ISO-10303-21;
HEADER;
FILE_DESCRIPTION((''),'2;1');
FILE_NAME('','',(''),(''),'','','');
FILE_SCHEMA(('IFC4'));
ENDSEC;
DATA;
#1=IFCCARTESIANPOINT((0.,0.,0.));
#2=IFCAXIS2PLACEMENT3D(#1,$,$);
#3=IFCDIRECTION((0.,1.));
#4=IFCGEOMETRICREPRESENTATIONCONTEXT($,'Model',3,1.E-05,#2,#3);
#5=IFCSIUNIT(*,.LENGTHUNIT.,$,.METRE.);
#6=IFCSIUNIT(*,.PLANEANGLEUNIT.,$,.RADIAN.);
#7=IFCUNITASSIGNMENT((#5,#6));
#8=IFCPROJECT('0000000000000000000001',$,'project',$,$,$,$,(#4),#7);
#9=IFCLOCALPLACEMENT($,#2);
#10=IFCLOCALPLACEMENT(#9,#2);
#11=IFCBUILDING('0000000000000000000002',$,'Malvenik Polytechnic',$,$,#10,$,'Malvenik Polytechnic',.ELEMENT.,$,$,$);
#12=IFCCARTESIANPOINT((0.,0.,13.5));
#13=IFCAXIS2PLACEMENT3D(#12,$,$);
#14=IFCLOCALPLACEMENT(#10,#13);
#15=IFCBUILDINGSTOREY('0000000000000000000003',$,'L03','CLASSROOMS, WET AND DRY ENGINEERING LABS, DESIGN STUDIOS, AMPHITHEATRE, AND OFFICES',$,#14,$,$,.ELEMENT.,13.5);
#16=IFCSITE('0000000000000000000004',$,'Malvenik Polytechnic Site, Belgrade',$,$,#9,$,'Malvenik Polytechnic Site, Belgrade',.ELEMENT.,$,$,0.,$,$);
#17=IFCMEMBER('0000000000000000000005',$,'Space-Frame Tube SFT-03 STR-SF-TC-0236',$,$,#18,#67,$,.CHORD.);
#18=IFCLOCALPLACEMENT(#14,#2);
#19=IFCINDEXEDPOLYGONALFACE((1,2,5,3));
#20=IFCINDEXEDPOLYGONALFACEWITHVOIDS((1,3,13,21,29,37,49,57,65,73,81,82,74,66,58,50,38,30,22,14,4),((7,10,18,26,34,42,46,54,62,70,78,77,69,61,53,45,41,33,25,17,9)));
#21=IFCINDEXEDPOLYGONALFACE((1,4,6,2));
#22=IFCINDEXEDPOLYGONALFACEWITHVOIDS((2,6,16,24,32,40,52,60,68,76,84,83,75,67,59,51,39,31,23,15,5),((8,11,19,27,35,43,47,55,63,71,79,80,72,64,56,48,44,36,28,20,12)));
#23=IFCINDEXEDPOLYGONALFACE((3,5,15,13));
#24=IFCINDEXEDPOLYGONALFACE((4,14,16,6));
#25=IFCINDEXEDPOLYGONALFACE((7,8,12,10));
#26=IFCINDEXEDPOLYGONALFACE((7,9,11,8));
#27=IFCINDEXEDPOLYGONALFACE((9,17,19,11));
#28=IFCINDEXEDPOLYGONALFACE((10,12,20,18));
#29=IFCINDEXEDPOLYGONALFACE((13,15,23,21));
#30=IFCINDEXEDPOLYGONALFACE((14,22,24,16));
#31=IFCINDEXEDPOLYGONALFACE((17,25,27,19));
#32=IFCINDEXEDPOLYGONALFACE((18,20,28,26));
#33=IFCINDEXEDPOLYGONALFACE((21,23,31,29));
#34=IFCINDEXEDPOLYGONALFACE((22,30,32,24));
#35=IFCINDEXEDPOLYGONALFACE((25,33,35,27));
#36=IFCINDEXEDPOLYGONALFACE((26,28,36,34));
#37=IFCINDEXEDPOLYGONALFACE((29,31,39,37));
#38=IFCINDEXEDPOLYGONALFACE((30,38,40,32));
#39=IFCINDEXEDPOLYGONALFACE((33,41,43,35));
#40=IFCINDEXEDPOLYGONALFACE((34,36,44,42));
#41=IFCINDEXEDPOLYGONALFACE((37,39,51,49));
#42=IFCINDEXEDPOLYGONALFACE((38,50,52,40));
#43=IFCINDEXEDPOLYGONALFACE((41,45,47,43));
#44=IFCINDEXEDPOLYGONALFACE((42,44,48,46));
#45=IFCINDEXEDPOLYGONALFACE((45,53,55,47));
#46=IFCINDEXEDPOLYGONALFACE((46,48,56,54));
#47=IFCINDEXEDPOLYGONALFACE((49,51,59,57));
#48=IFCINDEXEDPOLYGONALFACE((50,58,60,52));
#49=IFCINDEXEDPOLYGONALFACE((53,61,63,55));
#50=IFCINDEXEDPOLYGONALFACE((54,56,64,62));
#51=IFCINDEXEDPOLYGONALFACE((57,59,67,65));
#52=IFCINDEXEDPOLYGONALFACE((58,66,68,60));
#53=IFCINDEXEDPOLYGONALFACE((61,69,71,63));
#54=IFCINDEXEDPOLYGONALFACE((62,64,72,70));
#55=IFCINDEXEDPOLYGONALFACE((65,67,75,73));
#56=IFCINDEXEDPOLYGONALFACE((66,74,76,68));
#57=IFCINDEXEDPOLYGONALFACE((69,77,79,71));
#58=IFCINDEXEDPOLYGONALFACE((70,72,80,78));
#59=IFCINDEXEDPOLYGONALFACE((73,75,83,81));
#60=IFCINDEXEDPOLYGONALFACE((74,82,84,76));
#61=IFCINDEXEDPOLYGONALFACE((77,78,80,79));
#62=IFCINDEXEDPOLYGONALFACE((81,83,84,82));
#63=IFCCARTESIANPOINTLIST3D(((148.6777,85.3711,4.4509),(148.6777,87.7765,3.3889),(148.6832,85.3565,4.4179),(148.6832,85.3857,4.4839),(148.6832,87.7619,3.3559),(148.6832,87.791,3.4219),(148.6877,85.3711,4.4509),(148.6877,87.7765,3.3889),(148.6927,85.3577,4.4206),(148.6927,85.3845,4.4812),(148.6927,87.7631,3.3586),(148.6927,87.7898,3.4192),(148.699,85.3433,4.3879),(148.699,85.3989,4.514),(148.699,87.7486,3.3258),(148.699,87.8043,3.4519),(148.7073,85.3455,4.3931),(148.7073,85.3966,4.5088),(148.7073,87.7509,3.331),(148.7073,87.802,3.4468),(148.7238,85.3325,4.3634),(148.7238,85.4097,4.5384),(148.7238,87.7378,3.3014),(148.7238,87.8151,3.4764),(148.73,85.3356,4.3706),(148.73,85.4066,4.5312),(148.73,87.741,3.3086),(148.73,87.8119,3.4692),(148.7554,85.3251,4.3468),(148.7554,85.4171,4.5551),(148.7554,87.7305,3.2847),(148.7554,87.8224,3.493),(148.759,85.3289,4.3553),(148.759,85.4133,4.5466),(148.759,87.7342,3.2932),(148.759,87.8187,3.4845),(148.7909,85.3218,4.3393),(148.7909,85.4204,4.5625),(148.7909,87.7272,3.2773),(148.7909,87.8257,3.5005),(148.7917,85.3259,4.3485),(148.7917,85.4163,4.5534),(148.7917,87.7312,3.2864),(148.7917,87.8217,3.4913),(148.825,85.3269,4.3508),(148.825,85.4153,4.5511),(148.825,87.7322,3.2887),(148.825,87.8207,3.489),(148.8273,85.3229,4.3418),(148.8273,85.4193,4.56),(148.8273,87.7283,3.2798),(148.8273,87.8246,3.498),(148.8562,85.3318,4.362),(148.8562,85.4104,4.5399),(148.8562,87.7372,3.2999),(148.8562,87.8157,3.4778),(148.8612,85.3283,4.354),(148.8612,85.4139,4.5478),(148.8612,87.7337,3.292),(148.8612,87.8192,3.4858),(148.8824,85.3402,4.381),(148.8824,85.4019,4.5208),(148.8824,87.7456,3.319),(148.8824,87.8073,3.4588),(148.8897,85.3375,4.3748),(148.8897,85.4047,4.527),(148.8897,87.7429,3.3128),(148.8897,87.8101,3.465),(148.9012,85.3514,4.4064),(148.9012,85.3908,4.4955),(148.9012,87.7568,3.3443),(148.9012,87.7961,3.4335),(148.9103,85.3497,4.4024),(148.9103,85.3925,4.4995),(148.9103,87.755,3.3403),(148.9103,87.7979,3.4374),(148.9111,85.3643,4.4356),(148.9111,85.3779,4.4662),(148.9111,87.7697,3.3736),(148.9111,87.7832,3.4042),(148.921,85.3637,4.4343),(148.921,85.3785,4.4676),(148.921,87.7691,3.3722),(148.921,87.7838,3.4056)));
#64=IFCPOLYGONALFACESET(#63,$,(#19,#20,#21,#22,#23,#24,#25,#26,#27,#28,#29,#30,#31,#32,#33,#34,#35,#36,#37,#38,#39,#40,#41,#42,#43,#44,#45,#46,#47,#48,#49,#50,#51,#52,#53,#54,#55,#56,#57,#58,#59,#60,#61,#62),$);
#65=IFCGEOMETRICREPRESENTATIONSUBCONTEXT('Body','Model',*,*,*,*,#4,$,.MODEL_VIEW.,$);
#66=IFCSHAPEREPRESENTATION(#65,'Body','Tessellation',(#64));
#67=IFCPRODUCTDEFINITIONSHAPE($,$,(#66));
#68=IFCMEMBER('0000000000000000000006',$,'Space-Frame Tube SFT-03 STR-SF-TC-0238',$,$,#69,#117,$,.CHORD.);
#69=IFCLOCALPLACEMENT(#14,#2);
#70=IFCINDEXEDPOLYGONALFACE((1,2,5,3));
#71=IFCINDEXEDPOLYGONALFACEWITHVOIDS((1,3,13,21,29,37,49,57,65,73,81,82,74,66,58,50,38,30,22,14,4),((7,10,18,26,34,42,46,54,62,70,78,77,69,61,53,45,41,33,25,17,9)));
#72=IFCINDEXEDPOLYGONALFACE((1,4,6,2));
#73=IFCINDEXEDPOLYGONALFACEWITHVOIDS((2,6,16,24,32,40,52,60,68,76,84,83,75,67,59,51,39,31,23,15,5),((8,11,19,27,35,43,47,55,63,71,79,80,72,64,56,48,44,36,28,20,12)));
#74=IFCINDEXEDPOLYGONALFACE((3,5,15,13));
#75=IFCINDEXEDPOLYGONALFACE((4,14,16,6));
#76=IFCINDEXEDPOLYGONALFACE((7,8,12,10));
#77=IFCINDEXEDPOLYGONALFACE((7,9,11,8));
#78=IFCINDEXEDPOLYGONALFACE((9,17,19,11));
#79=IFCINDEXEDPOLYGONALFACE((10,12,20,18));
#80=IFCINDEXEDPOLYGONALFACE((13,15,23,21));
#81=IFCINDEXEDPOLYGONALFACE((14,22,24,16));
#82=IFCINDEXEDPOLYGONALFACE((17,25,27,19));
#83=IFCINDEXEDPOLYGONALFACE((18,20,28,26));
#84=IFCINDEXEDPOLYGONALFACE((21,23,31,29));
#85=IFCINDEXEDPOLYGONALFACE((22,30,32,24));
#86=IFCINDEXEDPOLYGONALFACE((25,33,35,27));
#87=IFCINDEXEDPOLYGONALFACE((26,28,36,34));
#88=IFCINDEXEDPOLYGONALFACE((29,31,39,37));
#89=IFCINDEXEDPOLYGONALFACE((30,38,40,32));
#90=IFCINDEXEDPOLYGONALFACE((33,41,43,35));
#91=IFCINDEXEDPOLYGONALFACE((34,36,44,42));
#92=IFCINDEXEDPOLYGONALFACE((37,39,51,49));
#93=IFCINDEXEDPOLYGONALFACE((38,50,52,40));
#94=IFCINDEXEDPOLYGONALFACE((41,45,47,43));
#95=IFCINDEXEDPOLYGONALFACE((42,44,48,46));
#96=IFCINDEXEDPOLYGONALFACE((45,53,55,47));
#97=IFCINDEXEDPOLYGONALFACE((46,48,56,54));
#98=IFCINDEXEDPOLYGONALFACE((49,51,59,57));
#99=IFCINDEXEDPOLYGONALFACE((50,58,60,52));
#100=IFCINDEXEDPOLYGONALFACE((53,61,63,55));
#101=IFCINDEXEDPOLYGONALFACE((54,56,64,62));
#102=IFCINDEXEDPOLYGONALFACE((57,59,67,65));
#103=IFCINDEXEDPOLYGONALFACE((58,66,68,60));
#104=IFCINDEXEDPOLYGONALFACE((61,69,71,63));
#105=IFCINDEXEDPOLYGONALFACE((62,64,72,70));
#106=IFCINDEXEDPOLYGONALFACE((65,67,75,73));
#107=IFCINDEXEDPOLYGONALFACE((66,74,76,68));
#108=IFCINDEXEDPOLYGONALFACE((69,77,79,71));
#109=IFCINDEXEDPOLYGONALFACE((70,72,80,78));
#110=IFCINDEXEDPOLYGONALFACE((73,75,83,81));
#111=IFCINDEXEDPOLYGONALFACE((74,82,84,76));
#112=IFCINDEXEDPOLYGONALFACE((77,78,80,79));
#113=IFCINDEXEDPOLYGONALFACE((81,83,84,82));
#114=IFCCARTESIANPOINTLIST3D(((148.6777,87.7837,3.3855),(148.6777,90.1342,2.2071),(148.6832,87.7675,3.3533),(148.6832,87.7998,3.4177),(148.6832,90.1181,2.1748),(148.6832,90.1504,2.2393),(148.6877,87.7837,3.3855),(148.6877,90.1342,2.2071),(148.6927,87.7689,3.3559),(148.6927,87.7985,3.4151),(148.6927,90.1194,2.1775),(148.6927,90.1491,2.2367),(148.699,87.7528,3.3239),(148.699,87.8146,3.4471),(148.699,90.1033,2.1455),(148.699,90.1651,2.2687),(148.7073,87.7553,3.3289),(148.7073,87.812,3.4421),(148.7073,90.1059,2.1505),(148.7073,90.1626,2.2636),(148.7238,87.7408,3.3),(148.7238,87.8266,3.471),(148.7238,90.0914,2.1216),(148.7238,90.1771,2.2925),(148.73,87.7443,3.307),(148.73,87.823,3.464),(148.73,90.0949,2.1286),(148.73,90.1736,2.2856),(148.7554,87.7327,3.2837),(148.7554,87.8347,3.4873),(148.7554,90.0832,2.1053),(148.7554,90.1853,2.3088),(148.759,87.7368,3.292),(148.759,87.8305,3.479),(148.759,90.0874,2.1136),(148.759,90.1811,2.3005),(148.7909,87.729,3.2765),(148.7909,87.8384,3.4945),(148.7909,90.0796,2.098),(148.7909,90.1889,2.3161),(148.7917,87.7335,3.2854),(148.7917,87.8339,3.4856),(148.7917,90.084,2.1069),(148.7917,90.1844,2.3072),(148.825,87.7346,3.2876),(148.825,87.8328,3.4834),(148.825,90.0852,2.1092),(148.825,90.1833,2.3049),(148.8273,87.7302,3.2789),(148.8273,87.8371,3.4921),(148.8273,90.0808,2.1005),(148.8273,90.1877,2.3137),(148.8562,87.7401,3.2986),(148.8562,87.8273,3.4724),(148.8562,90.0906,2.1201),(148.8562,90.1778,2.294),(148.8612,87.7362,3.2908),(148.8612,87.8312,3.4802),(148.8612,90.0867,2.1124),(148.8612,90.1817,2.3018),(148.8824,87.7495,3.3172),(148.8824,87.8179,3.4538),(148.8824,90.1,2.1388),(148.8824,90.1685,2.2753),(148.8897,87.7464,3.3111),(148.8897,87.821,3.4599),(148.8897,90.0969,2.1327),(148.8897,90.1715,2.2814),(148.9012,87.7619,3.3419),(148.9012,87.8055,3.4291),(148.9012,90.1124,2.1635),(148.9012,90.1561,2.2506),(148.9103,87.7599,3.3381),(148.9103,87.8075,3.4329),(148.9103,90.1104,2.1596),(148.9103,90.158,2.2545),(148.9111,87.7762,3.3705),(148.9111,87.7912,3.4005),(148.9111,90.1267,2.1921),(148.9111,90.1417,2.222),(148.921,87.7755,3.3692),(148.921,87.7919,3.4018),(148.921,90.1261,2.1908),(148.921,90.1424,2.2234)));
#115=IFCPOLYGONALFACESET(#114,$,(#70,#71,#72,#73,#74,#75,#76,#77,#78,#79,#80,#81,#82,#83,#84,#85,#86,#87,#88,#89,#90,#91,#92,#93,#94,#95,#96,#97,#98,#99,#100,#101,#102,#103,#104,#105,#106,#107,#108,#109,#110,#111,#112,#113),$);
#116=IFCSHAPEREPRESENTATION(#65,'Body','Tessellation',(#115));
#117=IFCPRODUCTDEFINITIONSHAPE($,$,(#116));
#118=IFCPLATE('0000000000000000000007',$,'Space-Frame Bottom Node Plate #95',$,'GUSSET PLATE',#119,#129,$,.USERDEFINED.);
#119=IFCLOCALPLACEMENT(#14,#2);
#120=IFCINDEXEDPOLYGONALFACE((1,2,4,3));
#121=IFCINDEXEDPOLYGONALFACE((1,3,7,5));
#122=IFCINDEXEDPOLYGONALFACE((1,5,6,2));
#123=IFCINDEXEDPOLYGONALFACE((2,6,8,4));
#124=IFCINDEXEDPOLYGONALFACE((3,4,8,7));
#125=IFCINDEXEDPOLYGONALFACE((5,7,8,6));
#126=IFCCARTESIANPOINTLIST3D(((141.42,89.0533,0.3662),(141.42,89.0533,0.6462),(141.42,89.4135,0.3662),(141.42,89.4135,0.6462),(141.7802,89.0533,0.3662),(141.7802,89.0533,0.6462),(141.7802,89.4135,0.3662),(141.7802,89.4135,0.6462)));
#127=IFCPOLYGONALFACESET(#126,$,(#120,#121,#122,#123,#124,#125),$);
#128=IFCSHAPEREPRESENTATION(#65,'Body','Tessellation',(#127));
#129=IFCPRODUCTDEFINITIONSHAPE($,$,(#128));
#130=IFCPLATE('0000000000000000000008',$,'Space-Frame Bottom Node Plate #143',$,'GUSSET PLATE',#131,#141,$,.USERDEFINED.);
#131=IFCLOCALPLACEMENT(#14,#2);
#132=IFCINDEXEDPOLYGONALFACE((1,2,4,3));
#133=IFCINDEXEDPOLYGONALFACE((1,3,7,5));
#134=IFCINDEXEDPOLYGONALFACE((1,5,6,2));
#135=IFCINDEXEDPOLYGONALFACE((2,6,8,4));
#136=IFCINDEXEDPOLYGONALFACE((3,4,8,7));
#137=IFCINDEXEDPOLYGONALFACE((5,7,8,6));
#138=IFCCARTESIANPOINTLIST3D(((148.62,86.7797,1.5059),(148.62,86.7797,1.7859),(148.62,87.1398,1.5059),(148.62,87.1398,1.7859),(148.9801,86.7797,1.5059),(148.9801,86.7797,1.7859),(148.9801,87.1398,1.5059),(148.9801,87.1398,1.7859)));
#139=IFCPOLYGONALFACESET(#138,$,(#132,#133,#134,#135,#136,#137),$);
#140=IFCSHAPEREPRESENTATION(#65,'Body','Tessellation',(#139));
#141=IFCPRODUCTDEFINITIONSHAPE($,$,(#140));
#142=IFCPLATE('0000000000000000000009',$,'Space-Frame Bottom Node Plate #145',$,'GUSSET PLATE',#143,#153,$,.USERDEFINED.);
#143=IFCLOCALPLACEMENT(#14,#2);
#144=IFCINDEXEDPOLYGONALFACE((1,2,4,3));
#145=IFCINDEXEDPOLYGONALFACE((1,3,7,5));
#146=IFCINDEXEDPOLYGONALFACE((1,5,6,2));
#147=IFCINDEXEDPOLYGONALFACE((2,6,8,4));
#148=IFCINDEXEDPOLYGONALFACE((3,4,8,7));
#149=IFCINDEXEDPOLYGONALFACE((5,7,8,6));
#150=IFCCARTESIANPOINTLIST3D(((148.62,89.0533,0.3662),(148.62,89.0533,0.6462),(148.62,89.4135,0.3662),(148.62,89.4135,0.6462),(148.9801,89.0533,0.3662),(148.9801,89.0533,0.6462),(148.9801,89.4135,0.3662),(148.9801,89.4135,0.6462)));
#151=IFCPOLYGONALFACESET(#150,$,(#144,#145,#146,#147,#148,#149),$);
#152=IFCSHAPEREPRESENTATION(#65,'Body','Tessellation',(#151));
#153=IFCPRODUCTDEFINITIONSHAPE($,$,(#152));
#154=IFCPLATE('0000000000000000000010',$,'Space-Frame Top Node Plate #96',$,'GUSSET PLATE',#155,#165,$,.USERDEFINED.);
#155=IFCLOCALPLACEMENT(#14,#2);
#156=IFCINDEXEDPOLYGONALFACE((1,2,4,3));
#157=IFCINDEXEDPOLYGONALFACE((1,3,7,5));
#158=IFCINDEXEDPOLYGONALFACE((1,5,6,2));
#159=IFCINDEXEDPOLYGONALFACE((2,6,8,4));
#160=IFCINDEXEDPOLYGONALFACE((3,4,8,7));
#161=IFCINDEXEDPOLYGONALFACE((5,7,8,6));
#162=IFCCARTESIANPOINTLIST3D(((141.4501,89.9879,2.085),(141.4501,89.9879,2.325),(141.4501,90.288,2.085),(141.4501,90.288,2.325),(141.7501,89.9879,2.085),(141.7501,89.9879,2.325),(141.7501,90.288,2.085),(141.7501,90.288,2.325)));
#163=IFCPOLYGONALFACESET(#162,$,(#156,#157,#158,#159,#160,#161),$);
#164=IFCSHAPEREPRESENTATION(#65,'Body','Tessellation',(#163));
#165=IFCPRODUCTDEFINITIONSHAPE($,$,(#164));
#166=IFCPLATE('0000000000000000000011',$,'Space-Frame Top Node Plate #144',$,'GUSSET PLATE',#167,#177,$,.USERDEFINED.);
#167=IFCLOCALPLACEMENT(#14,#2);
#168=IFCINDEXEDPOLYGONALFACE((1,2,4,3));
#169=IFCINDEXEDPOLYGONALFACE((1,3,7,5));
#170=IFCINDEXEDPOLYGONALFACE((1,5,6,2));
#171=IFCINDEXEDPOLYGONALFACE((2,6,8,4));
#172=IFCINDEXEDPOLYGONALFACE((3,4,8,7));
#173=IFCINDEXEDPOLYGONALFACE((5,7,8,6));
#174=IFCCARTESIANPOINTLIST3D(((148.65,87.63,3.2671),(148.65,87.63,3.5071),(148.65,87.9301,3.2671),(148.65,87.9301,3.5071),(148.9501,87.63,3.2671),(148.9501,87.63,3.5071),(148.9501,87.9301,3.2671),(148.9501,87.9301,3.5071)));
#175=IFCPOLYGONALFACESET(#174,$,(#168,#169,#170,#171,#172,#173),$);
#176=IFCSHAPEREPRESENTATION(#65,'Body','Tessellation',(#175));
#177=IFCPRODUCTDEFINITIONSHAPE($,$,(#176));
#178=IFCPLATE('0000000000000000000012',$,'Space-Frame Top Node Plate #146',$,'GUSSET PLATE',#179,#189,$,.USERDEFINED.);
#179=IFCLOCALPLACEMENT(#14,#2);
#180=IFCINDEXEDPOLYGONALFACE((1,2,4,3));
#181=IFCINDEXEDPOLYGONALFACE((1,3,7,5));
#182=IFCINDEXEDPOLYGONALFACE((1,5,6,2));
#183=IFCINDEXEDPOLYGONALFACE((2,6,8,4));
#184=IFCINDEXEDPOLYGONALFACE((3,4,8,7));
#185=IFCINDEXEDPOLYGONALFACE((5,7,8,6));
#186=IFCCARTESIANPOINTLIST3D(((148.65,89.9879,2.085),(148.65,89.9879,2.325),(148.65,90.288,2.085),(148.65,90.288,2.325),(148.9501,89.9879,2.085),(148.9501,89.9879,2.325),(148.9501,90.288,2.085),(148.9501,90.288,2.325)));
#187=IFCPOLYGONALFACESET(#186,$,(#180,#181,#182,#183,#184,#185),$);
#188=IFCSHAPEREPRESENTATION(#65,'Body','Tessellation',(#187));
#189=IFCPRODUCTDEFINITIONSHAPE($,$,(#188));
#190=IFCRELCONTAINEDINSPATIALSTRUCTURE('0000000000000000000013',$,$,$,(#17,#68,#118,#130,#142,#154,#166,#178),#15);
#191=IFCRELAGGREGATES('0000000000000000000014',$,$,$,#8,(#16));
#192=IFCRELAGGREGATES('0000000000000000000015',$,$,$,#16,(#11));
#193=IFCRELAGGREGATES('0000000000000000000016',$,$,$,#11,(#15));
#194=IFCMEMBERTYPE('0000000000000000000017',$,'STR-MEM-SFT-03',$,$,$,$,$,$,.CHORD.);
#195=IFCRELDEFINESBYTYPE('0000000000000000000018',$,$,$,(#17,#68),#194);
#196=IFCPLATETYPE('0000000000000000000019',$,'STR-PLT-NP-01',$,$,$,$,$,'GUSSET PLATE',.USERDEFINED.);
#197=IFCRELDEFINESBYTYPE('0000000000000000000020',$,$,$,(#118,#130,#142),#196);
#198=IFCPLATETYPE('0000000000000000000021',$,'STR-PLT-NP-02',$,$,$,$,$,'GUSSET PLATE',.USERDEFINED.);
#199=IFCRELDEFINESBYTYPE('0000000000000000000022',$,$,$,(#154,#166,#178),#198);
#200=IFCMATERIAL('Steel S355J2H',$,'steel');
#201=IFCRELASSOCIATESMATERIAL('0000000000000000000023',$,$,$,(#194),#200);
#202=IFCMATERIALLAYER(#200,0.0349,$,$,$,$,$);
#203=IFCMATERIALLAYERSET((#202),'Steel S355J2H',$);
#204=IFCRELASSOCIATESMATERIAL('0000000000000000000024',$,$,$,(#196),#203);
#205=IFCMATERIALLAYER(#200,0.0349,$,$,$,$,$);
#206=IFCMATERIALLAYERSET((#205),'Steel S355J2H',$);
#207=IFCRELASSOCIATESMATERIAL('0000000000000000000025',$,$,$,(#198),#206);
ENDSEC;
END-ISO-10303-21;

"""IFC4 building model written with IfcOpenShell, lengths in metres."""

from ifc_helpers import new_model, si_unit, direction, frame, origin, origin_2d, place, context, subcontext, project, spatial, rectangle, hollow_circle, extrude, material, layer, layer_set, material_profile, profile_set, type_object, element, save


model = new_model("IFC4")

# Units and contexts
model_context = context("Model", 3, precision=1e-05, world=origin(), true_north=direction((0.0, 1.0)))
body_context = subcontext(model_context, "Body", "Model", "MODEL_VIEW")
ifc_project = project(units=[si_unit("LENGTHUNIT", "METRE"), si_unit("PLANEANGLEUNIT", "RADIAN")], contexts=[model_context])

# Site, building, storey
site_placement = place(None, origin())
site = spatial("IfcSite", under=ifc_project, at=site_placement, Name="Malvenik Polytechnic Site, Belgrade", LongName="Malvenik Polytechnic Site, Belgrade", CompositionType="ELEMENT", RefElevation=0.0)
building_placement = place(site_placement, origin())
building = spatial("IfcBuilding", under=site, at=building_placement, Name="Malvenik Polytechnic", LongName="Malvenik Polytechnic", CompositionType="ELEMENT")
storey_placement = place(building_placement, frame((0.0, 0.0, 13.5)))
storey = spatial("IfcBuildingStorey", under=building, at=storey_placement, Name="L03", Description="CLASSROOMS, WET AND DRY ENGINEERING LABS, DESIGN STUDIOS, AMPHITHEATRE, AND OFFICES", CompositionType="ELEMENT", Elevation=13.5)

# Members
ifc_material_1 = material(Name="Steel S355J2H", Category="steel")
ifc_material_profile_1 = material_profile(ifc_material_1, hollow_circle(Radius=0.1223, WallThickness=0.01, at=origin_2d()), Name="CHS 244.5x10.0")
ifc_profile_set_1 = profile_set([ifc_material_profile_1], Name="Steel S355J2H")
member_type_1 = type_object("IfcMemberType", Name="STR-MEM-SFT-03", PredefinedType="CHORD", material=ifc_profile_set_1)
for number, where, z_axis, x_axis, name in (
    (1, (148.8, 85.3711, 4.4509), (0.0, 0.914797, -0.403915), (-1.0, 0.0, 0.0), "Space-Frame Tube SFT-03 STR-SF-TC-0236"),
    (2, (148.8, 87.7837, 3.3855), (0.0, 0.893944, -0.448179), (-1.0, 0.0, 0.0), "Space-Frame Tube SFT-03 STR-SF-TC-0238"),
):
    element("IfcMember", number, at=place(storey_placement, frame(where, z_axis=z_axis, x_axis=x_axis)), inside=storey, type_object=member_type_1, Name=name, PredefinedType="CHORD", context=body_context, shape_type="SweptSolid", body=[
        extrude(hollow_circle(Radius=0.1223, WallThickness=0.01, at=origin_2d()), origin(), (0.0, 0.0, 1.0), 2.6294),
    ])

# Plates
ifc_layer_1 = layer(ifc_material_1, 0.0349)
ifc_layer_set_1 = layer_set([ifc_layer_1], Name="Steel S355J2H")
plate_type_1 = type_object("IfcPlateType", Name="STR-PLT-NP-01", ElementType="GUSSET PLATE", PredefinedType="USERDEFINED", material=ifc_layer_set_1)
for number, where, z_axis, x_axis, name in (
    (3, (141.6001, 89.2334, 0.3662), (0.0, 0.0, 1.0), (1.0, 0.0, 0.0), "Space-Frame Bottom Node Plate #95"),
    (4, (148.8, 86.9597, 1.5059), (0.0, 0.0, 1.0), (1.0, 0.0, 0.0), "Space-Frame Bottom Node Plate #143"),
    (5, (148.8, 89.2334, 0.3662), (0.0, 0.0, 1.0), (1.0, 0.0, 0.0), "Space-Frame Bottom Node Plate #145"),
):
    element("IfcPlate", number, at=place(storey_placement, frame(where, z_axis=z_axis, x_axis=x_axis)), inside=storey, type_object=plate_type_1, Name=name, ObjectType="GUSSET PLATE", PredefinedType="USERDEFINED", context=body_context, shape_type="SweptSolid", body=[
        extrude(rectangle(XDim=0.3601, YDim=0.3601, at=origin_2d()), origin(), (0.0, 0.0, 1.0), 0.28),
    ])
ifc_layer_2 = layer(ifc_material_1, 0.0349)
ifc_layer_set_2 = layer_set([ifc_layer_2], Name="Steel S355J2H")
plate_type_2 = type_object("IfcPlateType", Name="STR-PLT-NP-02", ElementType="GUSSET PLATE", PredefinedType="USERDEFINED", material=ifc_layer_set_2)
for number, where, z_axis, x_axis, name in (
    (6, (141.6001, 90.1379, 2.085), (0.0, 0.0, 1.0), (1.0, 0.0, 0.0), "Space-Frame Top Node Plate #96"),
    (7, (148.8, 87.78, 3.2671), (0.0, 0.0, 1.0), (1.0, 0.0, 0.0), "Space-Frame Top Node Plate #144"),
    (8, (148.8, 90.1379, 2.085), (0.0, 0.0, 1.0), (1.0, 0.0, 0.0), "Space-Frame Top Node Plate #146"),
):
    element("IfcPlate", number, at=place(storey_placement, frame(where, z_axis=z_axis, x_axis=x_axis)), inside=storey, type_object=plate_type_2, Name=name, ObjectType="GUSSET PLATE", PredefinedType="USERDEFINED", context=body_context, shape_type="SweptSolid", body=[
        extrude(rectangle(XDim=0.3, YDim=0.3, at=origin_2d()), origin(), (0.0, 0.0, 1.0), 0.24),
    ])

save(model, "model.ifc")
